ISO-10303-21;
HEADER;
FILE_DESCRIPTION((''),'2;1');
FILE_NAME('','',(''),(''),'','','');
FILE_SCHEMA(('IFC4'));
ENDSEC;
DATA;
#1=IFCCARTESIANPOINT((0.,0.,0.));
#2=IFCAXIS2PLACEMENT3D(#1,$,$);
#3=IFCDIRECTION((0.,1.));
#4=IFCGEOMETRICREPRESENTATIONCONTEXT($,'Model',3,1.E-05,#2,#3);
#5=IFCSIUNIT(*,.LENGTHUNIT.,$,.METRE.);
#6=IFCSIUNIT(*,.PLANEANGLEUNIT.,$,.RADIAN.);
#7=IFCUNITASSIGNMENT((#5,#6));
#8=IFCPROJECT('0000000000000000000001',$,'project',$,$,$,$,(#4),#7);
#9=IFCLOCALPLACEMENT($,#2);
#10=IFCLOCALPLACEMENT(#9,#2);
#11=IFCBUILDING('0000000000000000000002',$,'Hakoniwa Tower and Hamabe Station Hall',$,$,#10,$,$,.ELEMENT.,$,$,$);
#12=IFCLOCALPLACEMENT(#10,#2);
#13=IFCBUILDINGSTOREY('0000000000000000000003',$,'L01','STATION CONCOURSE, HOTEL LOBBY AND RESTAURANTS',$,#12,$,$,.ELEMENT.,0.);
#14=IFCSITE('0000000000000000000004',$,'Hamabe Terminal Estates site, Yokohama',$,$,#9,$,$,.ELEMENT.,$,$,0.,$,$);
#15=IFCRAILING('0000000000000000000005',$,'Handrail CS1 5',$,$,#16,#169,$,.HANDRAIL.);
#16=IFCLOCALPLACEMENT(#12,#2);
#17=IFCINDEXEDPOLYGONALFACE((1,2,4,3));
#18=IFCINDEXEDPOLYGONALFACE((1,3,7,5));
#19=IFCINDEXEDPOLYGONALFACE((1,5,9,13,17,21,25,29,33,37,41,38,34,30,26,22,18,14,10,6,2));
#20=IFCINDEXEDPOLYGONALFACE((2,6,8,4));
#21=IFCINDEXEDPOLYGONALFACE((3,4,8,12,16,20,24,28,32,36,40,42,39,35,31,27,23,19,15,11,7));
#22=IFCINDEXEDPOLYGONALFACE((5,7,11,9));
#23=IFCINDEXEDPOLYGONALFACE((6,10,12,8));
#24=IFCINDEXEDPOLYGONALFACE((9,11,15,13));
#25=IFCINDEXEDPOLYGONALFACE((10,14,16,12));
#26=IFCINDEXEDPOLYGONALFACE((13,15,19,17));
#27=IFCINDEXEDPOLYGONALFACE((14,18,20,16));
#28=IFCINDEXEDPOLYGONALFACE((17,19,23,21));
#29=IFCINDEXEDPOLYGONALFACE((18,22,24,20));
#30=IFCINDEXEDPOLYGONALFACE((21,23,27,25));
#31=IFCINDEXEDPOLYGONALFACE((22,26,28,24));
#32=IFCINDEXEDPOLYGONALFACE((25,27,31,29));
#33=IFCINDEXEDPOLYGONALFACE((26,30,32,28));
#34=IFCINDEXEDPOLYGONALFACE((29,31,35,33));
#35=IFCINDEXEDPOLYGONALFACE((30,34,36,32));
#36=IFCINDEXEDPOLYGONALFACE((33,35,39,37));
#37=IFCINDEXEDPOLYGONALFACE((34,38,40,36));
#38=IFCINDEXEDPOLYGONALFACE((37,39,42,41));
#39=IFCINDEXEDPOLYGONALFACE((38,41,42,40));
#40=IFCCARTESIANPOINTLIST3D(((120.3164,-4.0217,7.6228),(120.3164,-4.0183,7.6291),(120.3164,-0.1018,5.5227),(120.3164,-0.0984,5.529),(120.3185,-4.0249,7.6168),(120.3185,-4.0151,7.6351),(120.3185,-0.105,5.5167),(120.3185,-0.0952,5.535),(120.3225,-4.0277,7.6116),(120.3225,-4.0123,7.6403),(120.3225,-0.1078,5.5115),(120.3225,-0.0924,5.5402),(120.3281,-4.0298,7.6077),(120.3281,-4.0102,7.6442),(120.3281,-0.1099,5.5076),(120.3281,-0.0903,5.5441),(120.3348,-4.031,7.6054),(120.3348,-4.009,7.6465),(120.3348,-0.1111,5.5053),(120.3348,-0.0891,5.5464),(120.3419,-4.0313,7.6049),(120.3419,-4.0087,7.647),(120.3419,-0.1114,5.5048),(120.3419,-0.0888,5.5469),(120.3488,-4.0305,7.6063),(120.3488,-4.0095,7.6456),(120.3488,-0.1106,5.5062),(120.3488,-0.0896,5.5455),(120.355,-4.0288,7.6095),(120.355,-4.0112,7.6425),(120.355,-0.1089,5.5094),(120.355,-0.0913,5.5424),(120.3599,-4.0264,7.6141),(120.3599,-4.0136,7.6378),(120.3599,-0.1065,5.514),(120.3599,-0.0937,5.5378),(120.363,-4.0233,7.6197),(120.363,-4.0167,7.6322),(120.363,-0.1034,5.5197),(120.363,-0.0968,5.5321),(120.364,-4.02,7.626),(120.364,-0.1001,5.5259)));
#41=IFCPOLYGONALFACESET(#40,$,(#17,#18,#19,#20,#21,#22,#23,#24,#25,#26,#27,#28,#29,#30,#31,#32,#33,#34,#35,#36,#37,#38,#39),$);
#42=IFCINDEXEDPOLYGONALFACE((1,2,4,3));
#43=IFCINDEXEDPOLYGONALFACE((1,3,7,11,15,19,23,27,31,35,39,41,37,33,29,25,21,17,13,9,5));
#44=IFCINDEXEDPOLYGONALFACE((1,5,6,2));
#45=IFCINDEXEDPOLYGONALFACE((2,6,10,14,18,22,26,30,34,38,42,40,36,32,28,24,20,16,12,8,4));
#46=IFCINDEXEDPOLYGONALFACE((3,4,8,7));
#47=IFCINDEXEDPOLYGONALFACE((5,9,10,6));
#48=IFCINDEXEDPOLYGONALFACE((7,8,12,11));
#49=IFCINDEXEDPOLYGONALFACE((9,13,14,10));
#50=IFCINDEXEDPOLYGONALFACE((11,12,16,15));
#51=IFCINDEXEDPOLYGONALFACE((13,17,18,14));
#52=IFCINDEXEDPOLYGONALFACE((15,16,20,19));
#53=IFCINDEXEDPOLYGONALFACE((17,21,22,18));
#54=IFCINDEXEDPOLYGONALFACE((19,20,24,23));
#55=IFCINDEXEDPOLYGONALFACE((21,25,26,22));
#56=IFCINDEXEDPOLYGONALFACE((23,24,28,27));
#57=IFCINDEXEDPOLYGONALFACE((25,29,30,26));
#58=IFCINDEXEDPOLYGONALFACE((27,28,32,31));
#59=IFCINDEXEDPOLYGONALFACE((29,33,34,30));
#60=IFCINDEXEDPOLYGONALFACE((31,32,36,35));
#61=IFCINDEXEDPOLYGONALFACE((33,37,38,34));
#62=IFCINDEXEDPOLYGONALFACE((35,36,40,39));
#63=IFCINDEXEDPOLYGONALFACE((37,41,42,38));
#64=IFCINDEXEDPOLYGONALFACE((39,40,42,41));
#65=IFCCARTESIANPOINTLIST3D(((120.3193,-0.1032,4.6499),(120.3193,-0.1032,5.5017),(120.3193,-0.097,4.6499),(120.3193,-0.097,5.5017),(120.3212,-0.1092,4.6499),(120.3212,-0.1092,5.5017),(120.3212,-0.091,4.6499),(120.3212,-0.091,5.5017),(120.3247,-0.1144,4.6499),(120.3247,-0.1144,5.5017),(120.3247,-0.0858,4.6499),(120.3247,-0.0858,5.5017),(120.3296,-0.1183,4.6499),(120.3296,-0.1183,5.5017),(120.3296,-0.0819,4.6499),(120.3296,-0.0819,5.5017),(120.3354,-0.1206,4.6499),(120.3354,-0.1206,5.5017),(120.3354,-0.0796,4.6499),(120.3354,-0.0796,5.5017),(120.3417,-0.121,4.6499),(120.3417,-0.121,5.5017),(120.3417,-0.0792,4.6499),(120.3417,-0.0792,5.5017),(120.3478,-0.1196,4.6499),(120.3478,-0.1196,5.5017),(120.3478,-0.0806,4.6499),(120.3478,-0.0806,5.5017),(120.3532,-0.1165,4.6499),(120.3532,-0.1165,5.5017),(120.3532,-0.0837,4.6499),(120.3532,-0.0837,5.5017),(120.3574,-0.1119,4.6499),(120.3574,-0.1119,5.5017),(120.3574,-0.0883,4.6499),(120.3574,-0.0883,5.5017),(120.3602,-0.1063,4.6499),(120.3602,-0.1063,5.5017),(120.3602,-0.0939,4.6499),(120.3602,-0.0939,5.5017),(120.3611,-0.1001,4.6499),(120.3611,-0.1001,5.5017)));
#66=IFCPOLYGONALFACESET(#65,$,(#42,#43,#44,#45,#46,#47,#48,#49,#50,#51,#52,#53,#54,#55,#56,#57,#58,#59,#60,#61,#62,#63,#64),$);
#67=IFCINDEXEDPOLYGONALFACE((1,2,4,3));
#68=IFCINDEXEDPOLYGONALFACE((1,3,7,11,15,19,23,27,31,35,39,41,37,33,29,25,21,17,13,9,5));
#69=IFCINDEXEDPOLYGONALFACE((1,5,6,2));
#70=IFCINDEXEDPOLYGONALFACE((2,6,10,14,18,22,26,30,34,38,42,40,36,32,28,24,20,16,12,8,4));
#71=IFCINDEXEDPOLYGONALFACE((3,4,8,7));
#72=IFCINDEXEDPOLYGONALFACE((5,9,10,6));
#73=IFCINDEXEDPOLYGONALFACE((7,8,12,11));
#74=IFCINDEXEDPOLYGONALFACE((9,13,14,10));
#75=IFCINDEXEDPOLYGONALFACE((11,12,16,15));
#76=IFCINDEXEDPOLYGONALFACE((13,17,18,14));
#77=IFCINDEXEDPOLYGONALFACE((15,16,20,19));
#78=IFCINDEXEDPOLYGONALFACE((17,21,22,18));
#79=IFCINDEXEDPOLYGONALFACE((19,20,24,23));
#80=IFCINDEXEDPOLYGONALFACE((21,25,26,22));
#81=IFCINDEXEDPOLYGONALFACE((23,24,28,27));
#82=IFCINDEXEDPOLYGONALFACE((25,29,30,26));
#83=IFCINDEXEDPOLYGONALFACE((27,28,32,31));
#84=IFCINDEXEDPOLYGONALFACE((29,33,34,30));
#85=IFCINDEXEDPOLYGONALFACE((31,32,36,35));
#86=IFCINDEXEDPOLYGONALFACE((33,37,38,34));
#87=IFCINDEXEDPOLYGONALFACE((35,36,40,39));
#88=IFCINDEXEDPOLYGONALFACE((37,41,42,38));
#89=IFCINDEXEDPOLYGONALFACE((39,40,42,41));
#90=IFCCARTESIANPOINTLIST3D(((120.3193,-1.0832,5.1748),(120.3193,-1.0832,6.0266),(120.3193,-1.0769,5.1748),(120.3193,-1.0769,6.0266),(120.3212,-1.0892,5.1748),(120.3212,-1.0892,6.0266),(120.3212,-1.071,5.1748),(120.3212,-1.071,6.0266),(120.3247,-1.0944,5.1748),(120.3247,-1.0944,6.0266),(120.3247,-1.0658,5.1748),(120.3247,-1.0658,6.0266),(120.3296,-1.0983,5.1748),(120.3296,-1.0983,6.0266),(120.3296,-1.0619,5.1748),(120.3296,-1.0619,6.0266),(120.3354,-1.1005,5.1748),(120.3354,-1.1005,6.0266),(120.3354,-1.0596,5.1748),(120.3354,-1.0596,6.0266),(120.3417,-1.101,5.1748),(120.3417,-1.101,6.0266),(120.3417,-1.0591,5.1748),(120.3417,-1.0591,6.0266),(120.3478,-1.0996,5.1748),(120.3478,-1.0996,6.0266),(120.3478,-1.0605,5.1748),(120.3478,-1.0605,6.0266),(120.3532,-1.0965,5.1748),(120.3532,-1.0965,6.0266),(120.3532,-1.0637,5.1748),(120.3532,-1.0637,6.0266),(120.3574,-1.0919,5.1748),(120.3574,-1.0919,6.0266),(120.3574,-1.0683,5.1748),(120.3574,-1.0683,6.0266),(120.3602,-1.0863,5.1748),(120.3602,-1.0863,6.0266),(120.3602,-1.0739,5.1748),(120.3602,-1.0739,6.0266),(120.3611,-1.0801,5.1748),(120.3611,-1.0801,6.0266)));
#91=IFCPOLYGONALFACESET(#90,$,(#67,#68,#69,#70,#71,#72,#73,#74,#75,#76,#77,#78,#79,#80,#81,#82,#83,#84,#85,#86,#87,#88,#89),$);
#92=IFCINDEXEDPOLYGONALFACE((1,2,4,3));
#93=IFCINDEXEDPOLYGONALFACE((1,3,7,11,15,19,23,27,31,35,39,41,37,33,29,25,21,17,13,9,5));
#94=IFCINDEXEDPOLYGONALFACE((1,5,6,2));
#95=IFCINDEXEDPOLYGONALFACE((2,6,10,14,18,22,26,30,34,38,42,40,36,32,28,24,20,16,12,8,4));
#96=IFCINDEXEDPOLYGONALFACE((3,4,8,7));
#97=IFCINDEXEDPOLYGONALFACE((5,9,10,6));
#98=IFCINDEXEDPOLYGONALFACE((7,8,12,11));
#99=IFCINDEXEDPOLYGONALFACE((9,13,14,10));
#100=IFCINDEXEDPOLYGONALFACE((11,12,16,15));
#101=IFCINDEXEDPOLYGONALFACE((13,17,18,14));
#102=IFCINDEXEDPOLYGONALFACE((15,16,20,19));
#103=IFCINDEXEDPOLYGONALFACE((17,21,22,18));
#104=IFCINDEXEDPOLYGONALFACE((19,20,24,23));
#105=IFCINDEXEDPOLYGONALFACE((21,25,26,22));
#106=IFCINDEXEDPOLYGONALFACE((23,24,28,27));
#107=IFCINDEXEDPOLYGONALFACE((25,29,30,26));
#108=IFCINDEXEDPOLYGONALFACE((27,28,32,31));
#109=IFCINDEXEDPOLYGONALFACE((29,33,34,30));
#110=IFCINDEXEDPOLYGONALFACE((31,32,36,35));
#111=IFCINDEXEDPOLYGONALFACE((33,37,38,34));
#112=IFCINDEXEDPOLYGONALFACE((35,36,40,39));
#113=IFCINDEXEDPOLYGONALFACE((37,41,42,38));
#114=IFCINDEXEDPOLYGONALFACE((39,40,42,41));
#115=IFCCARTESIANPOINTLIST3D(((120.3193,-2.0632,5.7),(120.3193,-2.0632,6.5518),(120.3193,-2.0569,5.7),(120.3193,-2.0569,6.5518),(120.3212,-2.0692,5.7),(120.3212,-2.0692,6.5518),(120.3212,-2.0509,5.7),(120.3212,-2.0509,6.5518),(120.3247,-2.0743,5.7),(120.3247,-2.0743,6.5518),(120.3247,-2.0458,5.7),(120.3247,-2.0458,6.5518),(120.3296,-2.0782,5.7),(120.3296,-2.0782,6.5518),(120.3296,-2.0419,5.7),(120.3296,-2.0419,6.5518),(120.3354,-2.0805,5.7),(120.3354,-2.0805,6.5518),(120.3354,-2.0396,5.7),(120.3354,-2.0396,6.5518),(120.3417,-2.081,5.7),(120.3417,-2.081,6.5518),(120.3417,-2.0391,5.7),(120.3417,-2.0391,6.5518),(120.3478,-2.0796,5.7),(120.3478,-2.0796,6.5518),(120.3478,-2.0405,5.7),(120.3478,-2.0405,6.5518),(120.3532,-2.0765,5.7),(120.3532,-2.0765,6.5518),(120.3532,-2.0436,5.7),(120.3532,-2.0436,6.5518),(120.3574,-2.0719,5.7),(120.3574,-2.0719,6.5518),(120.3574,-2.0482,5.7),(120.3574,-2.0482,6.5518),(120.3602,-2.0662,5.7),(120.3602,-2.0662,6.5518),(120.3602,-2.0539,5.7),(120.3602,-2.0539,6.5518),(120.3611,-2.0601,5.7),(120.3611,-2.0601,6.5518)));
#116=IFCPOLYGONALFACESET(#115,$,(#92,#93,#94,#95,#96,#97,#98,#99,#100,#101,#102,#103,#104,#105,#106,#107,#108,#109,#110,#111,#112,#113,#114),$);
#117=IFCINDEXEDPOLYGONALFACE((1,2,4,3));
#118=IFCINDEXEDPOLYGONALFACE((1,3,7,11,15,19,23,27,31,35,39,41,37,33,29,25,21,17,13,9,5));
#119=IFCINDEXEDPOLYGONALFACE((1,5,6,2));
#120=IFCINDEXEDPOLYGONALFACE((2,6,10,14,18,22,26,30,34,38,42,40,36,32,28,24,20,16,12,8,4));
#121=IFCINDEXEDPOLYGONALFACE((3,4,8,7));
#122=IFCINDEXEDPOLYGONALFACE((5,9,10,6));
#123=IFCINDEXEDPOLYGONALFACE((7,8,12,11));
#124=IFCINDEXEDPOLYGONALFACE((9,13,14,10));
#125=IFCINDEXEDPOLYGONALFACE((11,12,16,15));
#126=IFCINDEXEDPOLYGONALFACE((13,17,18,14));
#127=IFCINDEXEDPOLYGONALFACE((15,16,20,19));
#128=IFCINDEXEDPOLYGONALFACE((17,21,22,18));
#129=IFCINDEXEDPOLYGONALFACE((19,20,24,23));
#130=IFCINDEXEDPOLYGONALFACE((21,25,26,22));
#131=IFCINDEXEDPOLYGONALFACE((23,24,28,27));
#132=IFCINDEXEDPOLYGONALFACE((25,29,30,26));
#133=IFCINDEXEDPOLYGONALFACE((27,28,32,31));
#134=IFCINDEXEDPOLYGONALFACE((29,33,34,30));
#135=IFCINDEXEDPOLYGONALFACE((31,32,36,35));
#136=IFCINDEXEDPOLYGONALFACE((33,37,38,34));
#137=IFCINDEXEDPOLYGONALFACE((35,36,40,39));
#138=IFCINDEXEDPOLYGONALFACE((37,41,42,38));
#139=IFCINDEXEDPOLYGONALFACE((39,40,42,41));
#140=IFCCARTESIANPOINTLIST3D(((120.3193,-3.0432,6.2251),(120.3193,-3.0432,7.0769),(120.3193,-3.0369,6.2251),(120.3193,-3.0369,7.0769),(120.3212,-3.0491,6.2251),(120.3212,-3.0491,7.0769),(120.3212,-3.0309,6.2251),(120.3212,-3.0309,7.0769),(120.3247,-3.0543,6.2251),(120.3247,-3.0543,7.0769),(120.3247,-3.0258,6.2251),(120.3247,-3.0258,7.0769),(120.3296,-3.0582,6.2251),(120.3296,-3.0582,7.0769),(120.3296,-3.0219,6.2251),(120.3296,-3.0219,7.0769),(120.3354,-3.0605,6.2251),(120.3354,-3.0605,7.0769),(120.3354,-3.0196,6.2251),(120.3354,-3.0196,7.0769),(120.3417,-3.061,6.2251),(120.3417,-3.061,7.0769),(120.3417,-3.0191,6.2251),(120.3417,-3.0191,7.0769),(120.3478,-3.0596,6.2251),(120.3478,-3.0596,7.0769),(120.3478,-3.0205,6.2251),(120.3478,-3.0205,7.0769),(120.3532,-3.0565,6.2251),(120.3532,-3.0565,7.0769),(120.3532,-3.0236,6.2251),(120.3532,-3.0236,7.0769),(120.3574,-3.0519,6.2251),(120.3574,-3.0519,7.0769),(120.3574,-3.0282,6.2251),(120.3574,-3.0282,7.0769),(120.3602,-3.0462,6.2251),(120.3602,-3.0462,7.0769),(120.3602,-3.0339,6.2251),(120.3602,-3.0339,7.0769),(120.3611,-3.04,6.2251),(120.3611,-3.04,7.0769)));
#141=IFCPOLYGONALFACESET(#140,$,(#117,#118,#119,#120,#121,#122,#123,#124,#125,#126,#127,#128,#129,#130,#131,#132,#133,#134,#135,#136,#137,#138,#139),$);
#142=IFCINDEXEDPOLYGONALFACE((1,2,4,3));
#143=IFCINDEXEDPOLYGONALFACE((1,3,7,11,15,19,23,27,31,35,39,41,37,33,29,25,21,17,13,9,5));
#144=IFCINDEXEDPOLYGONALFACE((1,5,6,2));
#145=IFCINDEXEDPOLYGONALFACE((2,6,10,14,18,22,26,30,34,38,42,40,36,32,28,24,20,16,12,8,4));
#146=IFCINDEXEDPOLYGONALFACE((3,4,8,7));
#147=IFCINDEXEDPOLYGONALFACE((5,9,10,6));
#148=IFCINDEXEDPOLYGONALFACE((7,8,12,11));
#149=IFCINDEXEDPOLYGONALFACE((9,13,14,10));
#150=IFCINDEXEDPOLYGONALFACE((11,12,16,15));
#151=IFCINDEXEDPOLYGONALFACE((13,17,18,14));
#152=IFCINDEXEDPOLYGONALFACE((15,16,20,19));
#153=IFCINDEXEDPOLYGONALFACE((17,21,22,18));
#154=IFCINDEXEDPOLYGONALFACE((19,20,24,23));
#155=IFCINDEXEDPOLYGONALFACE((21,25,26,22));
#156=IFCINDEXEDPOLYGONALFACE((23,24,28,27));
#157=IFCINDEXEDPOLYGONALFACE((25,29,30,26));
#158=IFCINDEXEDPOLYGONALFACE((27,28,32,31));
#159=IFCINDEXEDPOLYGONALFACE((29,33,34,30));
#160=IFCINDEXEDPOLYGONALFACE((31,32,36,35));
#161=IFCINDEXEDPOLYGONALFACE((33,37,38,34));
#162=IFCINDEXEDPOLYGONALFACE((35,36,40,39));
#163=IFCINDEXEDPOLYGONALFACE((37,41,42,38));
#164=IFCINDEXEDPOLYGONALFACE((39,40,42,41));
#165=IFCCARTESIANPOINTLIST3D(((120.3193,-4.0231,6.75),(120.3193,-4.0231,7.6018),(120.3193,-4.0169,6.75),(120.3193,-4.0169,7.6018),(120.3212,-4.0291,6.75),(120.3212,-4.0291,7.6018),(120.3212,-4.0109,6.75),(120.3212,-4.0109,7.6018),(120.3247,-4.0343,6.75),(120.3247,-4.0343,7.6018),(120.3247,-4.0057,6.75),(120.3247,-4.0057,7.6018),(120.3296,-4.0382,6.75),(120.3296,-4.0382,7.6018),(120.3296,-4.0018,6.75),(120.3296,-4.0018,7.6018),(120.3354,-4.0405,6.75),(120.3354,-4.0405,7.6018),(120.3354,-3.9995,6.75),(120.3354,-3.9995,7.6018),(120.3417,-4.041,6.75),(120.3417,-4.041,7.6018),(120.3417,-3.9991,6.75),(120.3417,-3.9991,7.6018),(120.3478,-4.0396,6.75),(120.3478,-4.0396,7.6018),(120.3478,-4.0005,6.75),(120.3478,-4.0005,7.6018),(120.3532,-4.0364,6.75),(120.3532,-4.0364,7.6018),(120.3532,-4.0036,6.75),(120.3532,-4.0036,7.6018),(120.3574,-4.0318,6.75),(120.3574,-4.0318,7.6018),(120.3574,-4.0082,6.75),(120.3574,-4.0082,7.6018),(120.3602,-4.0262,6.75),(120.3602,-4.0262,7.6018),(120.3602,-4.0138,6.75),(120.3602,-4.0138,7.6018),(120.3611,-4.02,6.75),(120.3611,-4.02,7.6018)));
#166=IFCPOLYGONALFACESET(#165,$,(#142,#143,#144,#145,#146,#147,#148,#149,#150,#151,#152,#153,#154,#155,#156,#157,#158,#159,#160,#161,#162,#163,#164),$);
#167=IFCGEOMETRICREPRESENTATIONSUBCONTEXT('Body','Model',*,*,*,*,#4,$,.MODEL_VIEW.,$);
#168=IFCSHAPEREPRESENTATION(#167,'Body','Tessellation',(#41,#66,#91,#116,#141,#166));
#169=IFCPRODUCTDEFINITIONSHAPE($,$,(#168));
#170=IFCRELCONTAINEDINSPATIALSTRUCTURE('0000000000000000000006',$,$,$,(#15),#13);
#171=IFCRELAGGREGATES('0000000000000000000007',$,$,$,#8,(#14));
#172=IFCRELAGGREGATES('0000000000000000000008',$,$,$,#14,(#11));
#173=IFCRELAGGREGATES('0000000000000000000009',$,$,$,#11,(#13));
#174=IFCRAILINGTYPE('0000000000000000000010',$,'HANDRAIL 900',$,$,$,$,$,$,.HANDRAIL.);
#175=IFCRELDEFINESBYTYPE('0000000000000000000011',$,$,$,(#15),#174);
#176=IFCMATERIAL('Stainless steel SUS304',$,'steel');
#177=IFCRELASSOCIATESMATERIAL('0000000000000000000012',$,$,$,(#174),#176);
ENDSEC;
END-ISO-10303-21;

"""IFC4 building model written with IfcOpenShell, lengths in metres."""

from ifc_helpers import new_model, si_unit, direction, frame, origin, origin_2d, place, context, subcontext, project, spatial, circle, extrude, material, type_object, element, save


model = new_model("IFC4")

# Units and contexts
model_context = context("Model", 3, precision=1e-05, world=origin(), true_north=direction((0.0, 1.0)))
body_context = subcontext(model_context, "Body", "Model", "MODEL_VIEW")
ifc_project = project(units=[si_unit("LENGTHUNIT", "METRE"), si_unit("PLANEANGLEUNIT", "RADIAN")], contexts=[model_context])

# Site, building, storey
site_placement = place(None, origin())
site = spatial("IfcSite", under=ifc_project, at=site_placement, Name="Hamabe Terminal Estates site, Yokohama", CompositionType="ELEMENT", RefElevation=0.0)
building_placement = place(site_placement, origin())
building = spatial("IfcBuilding", under=site, at=building_placement, Name="Hakoniwa Tower and Hamabe Station Hall", CompositionType="ELEMENT")
storey_placement = place(building_placement, origin())
storey = spatial("IfcBuildingStorey", under=building, at=storey_placement, Name="L01", Description="STATION CONCOURSE, HOTEL LOBBY AND RESTAURANTS", CompositionType="ELEMENT", Elevation=0.0)

# Railing
ifc_material_1 = material(Name="Stainless steel SUS304", Category="steel")
railing_type_1 = type_object("IfcRailingType", Name="HANDRAIL 900", PredefinedType="HANDRAIL", material=ifc_material_1)
for number, where, name in (
    (1, (120.3401, -0.1001, 4.6499), "Handrail CS1 5"),
):
    element("IfcRailing", number, at=place(storey_placement, frame(where)), inside=storey, type_object=railing_type_1, Name=name, PredefinedType="HANDRAIL", context=body_context, shape_type="SweptSolid", body=[
        extrude(circle(Radius=0.0239, at=origin_2d()), frame((0.0, 0.0, 0.876), z_axis=(0.0, -0.881467, 0.472246), x_axis=(1.0, 0.0, 0.0)), (0.0, 0.0, 1.0), 4.447),
        extrude(circle(Radius=0.021, at=origin_2d()), origin(), (0.0, 0.0, 1.0), 0.8518),
        extrude(circle(Radius=0.021, at=origin_2d()), frame((0.0, -0.98, 0.5249)), (0.0, 0.0, 1.0), 0.8518),
        extrude(circle(Radius=0.021, at=origin_2d()), frame((0.0, -1.96, 1.05)), (0.0, 0.0, 1.0), 0.8518),
        extrude(circle(Radius=0.021, at=origin_2d()), frame((0.0, -2.9399, 1.5752)), (0.0, 0.0, 1.0), 0.8518),
        extrude(circle(Radius=0.021, at=origin_2d()), frame((0.0, -3.9199, 2.1001)), (0.0, 0.0, 1.0), 0.8518),
    ])

save(model, "model.ifc")
